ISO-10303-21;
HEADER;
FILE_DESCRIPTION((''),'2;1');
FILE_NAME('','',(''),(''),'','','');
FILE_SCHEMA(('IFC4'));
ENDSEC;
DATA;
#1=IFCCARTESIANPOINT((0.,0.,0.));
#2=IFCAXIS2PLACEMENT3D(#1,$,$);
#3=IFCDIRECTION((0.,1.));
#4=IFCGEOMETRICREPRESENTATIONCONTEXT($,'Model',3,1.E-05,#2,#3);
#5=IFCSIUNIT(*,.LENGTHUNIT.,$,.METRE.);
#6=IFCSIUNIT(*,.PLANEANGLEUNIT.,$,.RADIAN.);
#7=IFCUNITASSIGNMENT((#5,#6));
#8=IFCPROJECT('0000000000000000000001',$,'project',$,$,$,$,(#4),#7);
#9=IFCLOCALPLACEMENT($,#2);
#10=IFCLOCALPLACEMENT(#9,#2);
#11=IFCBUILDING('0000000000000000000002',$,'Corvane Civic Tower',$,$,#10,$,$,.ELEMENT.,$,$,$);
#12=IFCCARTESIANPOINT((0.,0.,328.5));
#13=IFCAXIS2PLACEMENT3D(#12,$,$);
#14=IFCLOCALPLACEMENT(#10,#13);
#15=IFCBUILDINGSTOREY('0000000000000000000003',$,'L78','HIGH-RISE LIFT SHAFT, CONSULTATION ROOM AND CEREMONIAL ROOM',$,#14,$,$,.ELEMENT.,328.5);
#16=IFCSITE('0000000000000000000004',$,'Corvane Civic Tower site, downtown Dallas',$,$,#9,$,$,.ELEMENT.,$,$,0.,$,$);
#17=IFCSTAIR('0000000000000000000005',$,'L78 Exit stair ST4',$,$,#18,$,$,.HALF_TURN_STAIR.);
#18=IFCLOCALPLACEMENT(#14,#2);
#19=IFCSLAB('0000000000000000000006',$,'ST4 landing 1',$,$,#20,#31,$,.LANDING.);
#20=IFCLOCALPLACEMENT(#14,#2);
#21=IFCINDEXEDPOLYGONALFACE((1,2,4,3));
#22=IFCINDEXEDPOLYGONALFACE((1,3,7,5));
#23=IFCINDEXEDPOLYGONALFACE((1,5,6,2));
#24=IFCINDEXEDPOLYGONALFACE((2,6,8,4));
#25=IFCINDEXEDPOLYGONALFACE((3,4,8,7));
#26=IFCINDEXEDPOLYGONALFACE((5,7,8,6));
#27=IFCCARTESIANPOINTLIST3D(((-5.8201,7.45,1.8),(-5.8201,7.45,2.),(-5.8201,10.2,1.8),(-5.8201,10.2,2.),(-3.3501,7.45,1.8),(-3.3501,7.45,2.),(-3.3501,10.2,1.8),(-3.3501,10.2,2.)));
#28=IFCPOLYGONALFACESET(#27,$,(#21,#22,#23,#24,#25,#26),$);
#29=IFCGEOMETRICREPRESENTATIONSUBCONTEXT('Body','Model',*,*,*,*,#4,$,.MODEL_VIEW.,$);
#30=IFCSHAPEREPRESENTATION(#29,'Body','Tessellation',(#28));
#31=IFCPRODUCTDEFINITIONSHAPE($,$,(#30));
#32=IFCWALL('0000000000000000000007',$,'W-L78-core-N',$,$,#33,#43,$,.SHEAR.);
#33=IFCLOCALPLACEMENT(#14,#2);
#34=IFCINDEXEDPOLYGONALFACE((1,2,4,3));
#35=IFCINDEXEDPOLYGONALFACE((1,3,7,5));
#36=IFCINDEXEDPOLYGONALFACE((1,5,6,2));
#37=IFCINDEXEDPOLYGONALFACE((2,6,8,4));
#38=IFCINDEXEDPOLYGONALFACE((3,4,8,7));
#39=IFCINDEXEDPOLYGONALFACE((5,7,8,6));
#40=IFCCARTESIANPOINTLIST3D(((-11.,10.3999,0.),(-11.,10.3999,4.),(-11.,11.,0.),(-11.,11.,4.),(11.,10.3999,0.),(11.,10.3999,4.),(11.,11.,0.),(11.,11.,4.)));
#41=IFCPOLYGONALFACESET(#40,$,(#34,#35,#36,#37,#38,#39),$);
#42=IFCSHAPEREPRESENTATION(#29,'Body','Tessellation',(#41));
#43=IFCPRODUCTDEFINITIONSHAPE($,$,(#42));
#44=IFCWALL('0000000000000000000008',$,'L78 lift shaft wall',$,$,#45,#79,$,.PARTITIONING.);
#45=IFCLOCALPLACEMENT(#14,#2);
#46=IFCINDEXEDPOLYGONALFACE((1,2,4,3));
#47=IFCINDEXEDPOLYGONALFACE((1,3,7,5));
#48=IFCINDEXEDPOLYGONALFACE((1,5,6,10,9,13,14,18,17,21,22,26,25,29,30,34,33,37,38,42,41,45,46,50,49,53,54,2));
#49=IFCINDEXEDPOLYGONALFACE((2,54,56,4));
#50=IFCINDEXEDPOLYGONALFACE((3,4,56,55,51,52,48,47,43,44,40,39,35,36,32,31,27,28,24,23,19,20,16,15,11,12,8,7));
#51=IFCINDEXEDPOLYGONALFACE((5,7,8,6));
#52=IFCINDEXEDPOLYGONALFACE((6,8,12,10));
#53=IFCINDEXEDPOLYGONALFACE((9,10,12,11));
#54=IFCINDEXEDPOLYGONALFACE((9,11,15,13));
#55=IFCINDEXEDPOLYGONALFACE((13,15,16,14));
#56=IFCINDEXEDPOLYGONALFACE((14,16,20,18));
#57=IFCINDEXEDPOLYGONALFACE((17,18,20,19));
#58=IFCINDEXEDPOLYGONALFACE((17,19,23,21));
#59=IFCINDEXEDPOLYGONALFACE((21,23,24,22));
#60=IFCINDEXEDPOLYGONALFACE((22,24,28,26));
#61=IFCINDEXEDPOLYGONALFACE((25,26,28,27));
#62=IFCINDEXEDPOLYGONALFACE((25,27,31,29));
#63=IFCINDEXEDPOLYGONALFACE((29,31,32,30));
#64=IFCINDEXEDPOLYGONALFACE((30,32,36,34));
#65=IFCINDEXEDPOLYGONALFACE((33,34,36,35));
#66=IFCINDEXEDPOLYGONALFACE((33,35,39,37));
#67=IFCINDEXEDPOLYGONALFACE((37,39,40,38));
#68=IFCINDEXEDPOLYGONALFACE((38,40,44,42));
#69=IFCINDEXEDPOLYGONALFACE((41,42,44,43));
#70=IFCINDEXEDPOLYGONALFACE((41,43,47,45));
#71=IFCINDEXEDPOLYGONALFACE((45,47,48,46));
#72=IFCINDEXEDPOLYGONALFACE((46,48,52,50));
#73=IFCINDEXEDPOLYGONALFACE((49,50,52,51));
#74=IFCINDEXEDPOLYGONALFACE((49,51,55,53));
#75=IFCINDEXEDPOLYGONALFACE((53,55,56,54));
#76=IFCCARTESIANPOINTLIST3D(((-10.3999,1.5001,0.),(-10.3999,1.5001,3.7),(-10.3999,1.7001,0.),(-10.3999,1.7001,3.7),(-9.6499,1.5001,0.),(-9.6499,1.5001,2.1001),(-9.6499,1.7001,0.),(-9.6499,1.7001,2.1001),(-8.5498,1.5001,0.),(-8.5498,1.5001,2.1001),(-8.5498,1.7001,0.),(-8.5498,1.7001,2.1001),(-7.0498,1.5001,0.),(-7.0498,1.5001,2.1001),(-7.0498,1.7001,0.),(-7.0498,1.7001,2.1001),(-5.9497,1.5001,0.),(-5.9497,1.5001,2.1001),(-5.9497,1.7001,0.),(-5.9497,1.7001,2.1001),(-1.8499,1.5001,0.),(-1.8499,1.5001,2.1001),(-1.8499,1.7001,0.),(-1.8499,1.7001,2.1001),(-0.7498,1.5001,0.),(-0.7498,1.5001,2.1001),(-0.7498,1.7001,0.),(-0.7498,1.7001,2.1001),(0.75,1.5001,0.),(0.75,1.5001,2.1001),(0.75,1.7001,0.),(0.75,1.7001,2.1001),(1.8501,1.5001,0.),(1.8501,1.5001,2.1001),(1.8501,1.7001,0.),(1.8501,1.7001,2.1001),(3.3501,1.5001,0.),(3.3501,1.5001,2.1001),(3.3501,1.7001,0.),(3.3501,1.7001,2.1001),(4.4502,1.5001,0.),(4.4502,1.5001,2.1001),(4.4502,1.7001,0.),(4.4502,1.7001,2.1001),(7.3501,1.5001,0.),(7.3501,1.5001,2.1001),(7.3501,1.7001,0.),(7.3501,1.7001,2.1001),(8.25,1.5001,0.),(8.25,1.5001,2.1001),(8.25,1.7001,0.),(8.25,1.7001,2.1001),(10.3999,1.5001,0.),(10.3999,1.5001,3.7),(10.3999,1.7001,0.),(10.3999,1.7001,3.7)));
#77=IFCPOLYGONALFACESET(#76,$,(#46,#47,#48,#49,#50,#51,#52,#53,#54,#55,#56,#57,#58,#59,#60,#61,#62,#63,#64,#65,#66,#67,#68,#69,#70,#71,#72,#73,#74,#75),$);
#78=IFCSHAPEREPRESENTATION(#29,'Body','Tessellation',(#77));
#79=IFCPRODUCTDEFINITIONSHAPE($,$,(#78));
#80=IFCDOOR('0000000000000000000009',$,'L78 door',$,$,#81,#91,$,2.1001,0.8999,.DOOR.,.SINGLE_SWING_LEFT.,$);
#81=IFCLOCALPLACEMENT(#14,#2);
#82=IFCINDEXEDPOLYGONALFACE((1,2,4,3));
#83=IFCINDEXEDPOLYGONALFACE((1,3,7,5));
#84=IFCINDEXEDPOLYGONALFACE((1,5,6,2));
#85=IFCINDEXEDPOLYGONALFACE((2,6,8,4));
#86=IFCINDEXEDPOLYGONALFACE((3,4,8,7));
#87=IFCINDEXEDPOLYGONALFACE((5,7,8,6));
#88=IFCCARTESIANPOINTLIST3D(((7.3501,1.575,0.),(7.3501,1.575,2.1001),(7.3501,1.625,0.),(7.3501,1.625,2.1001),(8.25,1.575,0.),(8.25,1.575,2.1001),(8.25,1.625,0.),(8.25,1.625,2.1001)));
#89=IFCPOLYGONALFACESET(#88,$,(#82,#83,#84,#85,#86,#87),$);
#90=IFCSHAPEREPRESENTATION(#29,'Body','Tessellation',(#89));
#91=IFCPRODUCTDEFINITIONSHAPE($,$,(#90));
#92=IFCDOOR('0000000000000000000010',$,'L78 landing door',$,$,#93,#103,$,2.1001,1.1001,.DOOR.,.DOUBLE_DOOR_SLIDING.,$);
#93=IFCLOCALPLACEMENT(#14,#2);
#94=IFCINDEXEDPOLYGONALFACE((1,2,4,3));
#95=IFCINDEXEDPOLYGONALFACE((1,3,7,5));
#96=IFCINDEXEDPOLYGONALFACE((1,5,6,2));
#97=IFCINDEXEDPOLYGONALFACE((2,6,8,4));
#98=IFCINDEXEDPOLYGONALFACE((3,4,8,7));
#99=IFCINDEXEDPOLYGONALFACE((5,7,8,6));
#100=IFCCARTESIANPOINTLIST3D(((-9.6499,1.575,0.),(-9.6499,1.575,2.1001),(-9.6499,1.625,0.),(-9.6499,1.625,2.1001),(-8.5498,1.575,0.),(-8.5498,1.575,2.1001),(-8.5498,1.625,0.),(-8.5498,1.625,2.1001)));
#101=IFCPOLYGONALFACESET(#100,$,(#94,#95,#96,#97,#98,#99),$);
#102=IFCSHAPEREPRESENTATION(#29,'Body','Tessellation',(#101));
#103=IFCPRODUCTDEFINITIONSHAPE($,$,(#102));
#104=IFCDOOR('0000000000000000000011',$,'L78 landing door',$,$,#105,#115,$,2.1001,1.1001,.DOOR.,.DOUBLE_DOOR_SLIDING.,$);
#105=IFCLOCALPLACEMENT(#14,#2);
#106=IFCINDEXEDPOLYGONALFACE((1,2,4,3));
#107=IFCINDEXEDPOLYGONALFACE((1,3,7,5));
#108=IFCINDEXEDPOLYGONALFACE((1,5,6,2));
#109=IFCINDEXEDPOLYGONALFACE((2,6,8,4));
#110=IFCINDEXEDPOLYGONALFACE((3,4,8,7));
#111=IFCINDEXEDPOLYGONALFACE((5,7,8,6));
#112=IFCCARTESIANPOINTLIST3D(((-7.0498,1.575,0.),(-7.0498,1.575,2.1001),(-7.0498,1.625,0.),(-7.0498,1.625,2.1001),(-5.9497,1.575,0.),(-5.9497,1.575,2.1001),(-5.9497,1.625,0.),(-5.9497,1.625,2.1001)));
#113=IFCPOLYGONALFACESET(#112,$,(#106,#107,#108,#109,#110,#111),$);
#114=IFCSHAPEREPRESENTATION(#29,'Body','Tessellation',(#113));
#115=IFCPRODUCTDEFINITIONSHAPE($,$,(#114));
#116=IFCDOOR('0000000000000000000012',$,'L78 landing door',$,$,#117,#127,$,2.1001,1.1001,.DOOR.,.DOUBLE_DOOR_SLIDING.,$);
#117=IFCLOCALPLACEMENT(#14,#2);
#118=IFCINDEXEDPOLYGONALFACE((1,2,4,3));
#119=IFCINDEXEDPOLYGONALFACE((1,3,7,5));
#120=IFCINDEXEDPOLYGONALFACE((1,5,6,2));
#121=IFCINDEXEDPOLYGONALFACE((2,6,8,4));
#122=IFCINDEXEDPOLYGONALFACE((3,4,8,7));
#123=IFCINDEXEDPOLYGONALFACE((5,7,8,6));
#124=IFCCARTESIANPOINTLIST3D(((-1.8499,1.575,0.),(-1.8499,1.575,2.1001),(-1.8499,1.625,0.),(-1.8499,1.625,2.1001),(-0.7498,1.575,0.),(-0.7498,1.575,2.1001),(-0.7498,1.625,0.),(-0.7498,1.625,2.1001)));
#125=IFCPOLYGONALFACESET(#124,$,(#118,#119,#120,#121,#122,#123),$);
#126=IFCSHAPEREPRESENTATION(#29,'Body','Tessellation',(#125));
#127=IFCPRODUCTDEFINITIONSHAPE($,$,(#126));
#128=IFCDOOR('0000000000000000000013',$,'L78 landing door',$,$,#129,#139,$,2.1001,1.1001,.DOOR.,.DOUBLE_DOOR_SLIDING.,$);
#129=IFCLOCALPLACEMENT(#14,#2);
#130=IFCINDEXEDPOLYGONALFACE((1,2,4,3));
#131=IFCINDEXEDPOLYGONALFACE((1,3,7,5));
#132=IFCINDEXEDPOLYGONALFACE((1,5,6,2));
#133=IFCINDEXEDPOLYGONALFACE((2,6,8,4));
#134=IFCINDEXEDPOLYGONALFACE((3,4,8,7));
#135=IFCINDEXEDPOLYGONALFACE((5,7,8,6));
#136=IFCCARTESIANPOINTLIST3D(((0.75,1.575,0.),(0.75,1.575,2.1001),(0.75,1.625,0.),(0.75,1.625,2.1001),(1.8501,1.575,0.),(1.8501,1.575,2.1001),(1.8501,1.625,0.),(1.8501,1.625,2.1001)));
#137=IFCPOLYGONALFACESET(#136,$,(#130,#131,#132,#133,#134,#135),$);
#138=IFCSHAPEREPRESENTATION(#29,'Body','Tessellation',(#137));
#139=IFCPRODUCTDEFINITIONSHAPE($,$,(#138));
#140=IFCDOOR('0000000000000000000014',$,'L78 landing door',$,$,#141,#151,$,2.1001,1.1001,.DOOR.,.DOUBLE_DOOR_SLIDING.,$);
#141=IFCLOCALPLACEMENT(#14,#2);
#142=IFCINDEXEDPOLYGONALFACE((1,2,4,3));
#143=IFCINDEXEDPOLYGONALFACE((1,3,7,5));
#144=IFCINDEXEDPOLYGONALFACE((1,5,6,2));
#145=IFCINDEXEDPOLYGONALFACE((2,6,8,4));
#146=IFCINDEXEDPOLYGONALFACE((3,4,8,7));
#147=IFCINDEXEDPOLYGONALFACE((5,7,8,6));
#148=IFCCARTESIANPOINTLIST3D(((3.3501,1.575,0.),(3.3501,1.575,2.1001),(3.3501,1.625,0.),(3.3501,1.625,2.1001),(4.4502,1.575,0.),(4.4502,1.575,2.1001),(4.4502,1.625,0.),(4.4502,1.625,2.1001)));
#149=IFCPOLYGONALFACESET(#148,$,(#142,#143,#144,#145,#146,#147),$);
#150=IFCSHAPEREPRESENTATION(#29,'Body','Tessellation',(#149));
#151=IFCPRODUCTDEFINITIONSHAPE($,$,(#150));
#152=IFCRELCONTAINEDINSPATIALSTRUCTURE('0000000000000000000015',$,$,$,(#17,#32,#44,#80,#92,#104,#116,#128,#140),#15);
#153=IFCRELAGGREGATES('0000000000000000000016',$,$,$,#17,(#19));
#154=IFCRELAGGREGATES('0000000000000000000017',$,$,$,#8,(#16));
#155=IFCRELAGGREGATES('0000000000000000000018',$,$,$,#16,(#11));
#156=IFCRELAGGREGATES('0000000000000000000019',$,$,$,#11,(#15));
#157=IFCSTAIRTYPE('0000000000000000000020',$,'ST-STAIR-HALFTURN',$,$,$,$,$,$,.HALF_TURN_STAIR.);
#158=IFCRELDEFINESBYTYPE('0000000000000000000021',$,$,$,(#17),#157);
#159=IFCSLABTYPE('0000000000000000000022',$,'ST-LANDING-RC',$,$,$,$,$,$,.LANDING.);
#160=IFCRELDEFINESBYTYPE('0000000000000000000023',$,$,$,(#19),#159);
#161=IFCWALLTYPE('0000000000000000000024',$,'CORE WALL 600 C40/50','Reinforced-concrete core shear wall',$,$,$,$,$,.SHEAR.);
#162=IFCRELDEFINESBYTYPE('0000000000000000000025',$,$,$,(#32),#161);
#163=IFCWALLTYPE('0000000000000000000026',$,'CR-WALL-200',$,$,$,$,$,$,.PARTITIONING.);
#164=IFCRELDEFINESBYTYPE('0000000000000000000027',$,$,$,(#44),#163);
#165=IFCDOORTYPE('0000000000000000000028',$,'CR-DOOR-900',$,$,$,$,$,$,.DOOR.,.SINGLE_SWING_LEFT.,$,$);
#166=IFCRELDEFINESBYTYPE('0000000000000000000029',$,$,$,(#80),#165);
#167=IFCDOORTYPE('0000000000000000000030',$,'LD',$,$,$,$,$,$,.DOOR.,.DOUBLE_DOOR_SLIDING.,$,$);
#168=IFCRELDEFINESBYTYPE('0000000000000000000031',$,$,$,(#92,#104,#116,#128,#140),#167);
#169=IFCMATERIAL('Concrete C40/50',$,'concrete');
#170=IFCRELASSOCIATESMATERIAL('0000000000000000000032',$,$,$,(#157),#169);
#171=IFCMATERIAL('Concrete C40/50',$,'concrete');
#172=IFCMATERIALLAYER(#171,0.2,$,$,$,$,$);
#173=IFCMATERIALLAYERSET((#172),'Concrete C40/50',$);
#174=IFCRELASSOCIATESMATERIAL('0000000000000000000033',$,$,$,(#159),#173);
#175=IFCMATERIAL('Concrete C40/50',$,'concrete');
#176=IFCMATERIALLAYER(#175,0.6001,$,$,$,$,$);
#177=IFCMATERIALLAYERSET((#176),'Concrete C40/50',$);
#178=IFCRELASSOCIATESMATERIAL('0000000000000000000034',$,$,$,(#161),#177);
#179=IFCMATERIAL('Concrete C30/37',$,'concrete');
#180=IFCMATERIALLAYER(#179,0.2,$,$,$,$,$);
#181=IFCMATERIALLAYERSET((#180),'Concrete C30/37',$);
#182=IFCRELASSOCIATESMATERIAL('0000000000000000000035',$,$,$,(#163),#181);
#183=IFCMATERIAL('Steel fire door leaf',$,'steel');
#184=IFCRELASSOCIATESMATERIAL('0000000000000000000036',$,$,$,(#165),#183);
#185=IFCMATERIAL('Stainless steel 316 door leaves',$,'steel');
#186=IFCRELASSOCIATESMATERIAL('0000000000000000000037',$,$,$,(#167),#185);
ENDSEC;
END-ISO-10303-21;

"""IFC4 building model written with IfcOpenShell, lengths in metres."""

from ifc_helpers import new_model, si_unit, direction, frame, frame_2d, origin, place, context, subcontext, project, spatial, polyline, rectangle, outline, extrude, material, layer, layer_set, type_object, element, fill, aggregate, save


model = new_model("IFC4")

# Units and contexts
model_context = context("Model", 3, precision=1e-05, world=origin(), true_north=direction((0.0, 1.0)))
body_context = subcontext(model_context, "Body", "Model", "MODEL_VIEW")
ifc_project = project(units=[si_unit("LENGTHUNIT", "METRE"), si_unit("PLANEANGLEUNIT", "RADIAN")], contexts=[model_context])

# Site, building, storey
site_placement = place(None, origin())
site = spatial("IfcSite", under=ifc_project, at=site_placement, Name="Corvane Civic Tower site, downtown Dallas", CompositionType="ELEMENT", RefElevation=0.0)
building_placement = place(site_placement, origin())
building = spatial("IfcBuilding", under=site, at=building_placement, Name="Corvane Civic Tower", CompositionType="ELEMENT")
storey_placement = place(building_placement, frame((0.0, 0.0, 328.5)))
storey = spatial("IfcBuildingStorey", under=building, at=storey_placement, Name="L78", Description="HIGH-RISE LIFT SHAFT, CONSULTATION ROOM AND CEREMONIAL ROOM", CompositionType="ELEMENT", Elevation=328.5)

# Stair, slab
ifc_material_1 = material(Name="Concrete C40/50", Category="concrete")
stair_type = type_object("IfcStairType", Name="ST-STAIR-HALFTURN", PredefinedType="HALF_TURN_STAIR", material=ifc_material_1)
ifc_material_2 = material(Name="Concrete C40/50", Category="concrete")
ifc_layer_1 = layer(ifc_material_2, 0.2)
ifc_layer_set_1 = layer_set([ifc_layer_1], Name="Concrete C40/50")
slab_type_1 = type_object("IfcSlabType", Name="ST-LANDING-RC", PredefinedType="LANDING", material=ifc_layer_set_1)
stair_1_placement = place(storey_placement, origin())
stair_1 = element("IfcStair", 1, at=stair_1_placement, inside=storey, type_object=stair_type, Name="L78 Exit stair ST4", PredefinedType="HALF_TURN_STAIR")
slab_1_placement = place(storey_placement, frame((0.0, 0.0, 1.8)))
slab_1 = element("IfcSlab", 2, at=slab_1_placement, type_object=slab_type_1, Name="ST4 landing 1", PredefinedType="LANDING", context=body_context, shape_type="SweptSolid", body=[
    extrude(outline(polyline([(-5.8201, 7.45), (-3.3501, 7.45), (-3.3501, 10.2), (-5.8201, 10.2), (-5.8201, 7.45)])), origin(), (0.0, 0.0, 1.0), 0.2),
])

# Wall
ifc_material_3 = material(Name="Concrete C40/50", Category="concrete")
ifc_layer_2 = layer(ifc_material_3, 0.6001)
ifc_layer_set_2 = layer_set([ifc_layer_2], Name="Concrete C40/50")
wall_type_1 = type_object("IfcWallType", Name="CORE WALL 600 C40/50", Description="Reinforced-concrete core shear wall", PredefinedType="SHEAR", material=ifc_layer_set_2)
wall_1_placement = place(storey_placement, frame((-11.0, 10.7, 0.0), z_axis=(0.0, 0.0, 1.0), x_axis=(1.0, 0.0, 0.0)))
element("IfcWall", 3, at=wall_1_placement, inside=storey, type_object=wall_type_1, Name="W-L78-core-N", PredefinedType="SHEAR", context=body_context, shape_type="SweptSolid", body=[
    extrude(rectangle(XDim=22.0, YDim=0.6001, at=frame_2d((11.0, 0.0))), origin(), (0.0, 0.0, 1.0), 4.0),
])

# Wall, openings, doors
ifc_material_4 = material(Name="Concrete C30/37", Category="concrete")
ifc_layer_3 = layer(ifc_material_4, 0.2)
ifc_layer_set_3 = layer_set([ifc_layer_3], Name="Concrete C30/37")
wall_type_2 = type_object("IfcWallType", Name="CR-WALL-200", PredefinedType="PARTITIONING", material=ifc_layer_set_3)
wall_2_placement = place(storey_placement, frame((-10.3999, 1.6001, 0.0), z_axis=(0.0, 0.0, 1.0), x_axis=(1.0, 0.0, 0.0)))
wall_2 = element("IfcWall", 4, at=wall_2_placement, inside=storey, type_object=wall_type_2, Name="L78 lift shaft wall", PredefinedType="PARTITIONING", context=body_context, shape_type="SweptSolid", body=[
    extrude(rectangle(XDim=20.7998, YDim=0.2, at=frame_2d((10.3999, 0.0))), origin(), (0.0, 0.0, 1.0), 3.7),
])
opening_1_placement = place(wall_2_placement, frame((0.75, 0.0, 0.0)))
opening_1 = element("IfcOpeningElement", 5, at=opening_1_placement, cuts=wall_2, PredefinedType="OPENING", context=body_context, shape_type="SweptSolid", body=[
    extrude(rectangle(XDim=1.1001, YDim=2.1001, at=frame_2d((0.55, 1.05))), frame((0.0, 0.1099, 0.0), z_axis=(0.0, -1.0, 0.0), x_axis=(1.0, 0.0, 0.0)), (0.0, 0.0, 1.0), 0.22),
])
opening_2_placement = place(wall_2_placement, frame((3.3501, 0.0, 0.0)))
opening_2 = element("IfcOpeningElement", 6, at=opening_2_placement, cuts=wall_2, PredefinedType="OPENING", context=body_context, shape_type="SweptSolid", body=[
    extrude(rectangle(XDim=1.1001, YDim=2.1001, at=frame_2d((0.55, 1.05))), frame((0.0, 0.1099, 0.0), z_axis=(0.0, -1.0, 0.0), x_axis=(1.0, 0.0, 0.0)), (0.0, 0.0, 1.0), 0.22),
])
opening_3_placement = place(wall_2_placement, frame((8.55, 0.0, 0.0)))
opening_3 = element("IfcOpeningElement", 7, at=opening_3_placement, cuts=wall_2, PredefinedType="OPENING", context=body_context, shape_type="SweptSolid", body=[
    extrude(rectangle(XDim=1.1001, YDim=2.1001, at=frame_2d((0.55, 1.05))), frame((0.0, 0.1099, 0.0), z_axis=(0.0, -1.0, 0.0), x_axis=(1.0, 0.0, 0.0)), (0.0, 0.0, 1.0), 0.22),
])
opening_4_placement = place(wall_2_placement, frame((11.1499, 0.0, 0.0)))
opening_4 = element("IfcOpeningElement", 8, at=opening_4_placement, cuts=wall_2, PredefinedType="OPENING", context=body_context, shape_type="SweptSolid", body=[
    extrude(rectangle(XDim=1.1001, YDim=2.1001, at=frame_2d((0.55, 1.05))), frame((0.0, 0.1099, 0.0), z_axis=(0.0, -1.0, 0.0), x_axis=(1.0, 0.0, 0.0)), (0.0, 0.0, 1.0), 0.22),
])
opening_5_placement = place(wall_2_placement, frame((13.75, 0.0, 0.0)))
opening_5 = element("IfcOpeningElement", 9, at=opening_5_placement, cuts=wall_2, PredefinedType="OPENING", context=body_context, shape_type="SweptSolid", body=[
    extrude(rectangle(XDim=1.1001, YDim=2.1001, at=frame_2d((0.55, 1.05))), frame((0.0, 0.1099, 0.0), z_axis=(0.0, -1.0, 0.0), x_axis=(1.0, 0.0, 0.0)), (0.0, 0.0, 1.0), 0.22),
])
opening_6_placement = place(wall_2_placement, frame((17.75, 0.0, 0.0)))
opening_6 = element("IfcOpeningElement", 10, at=opening_6_placement, cuts=wall_2, PredefinedType="OPENING", context=body_context, shape_type="SweptSolid", body=[
    extrude(rectangle(XDim=0.8999, YDim=2.1001, at=frame_2d((0.45, 1.05))), frame((0.0, 0.1099, 0.0), z_axis=(0.0, -1.0, 0.0), x_axis=(1.0, 0.0, 0.0)), (0.0, 0.0, 1.0), 0.22),
])
ifc_material_5 = material(Name="Steel fire door leaf", Category="steel")
door_type_1 = type_object("IfcDoorType", Name="CR-DOOR-900", OperationType="SINGLE_SWING_LEFT", PredefinedType="DOOR", material=ifc_material_5)
door_1_placement = place(opening_6_placement, origin())
door_1 = element("IfcDoor", 11, at=door_1_placement, inside=storey, type_object=door_type_1, Name="L78 door", OperationType="SINGLE_SWING_LEFT", OverallHeight=2.1001, OverallWidth=0.8999, PredefinedType="DOOR", context=body_context, shape_type="SweptSolid", body=[
    extrude(rectangle(XDim=0.8999, YDim=2.1001, at=frame_2d((0.45, 1.05))), frame((0.0, 0.0249, 0.0), z_axis=(0.0, -1.0, 0.0), x_axis=(1.0, 0.0, 0.0)), (0.0, 0.0, 1.0), 0.05),
])
fill(opening_6, door_1)
ifc_material_6 = material(Name="Stainless steel 316 door leaves", Category="steel")
door_type_2 = type_object("IfcDoorType", Name="LD", OperationType="DOUBLE_DOOR_SLIDING", PredefinedType="DOOR", material=ifc_material_6)
door_2_placement = place(opening_1_placement, origin())
door_2 = element("IfcDoor", 12, at=door_2_placement, inside=storey, type_object=door_type_2, Name="L78 landing door", OperationType="DOUBLE_DOOR_SLIDING", OverallHeight=2.1001, OverallWidth=1.1001, PredefinedType="DOOR", context=body_context, shape_type="SweptSolid", body=[
    extrude(rectangle(XDim=1.1001, YDim=2.1001, at=frame_2d((0.55, 1.05))), frame((0.0, 0.0249, 0.0), z_axis=(0.0, -1.0, 0.0), x_axis=(1.0, 0.0, 0.0)), (0.0, 0.0, 1.0), 0.05),
])
fill(opening_1, door_2)
door_3_placement = place(opening_2_placement, origin())
door_3 = element("IfcDoor", 13, at=door_3_placement, inside=storey, type_object=door_type_2, Name="L78 landing door", OperationType="DOUBLE_DOOR_SLIDING", OverallHeight=2.1001, OverallWidth=1.1001, PredefinedType="DOOR", context=body_context, shape_type="SweptSolid", body=[
    extrude(rectangle(XDim=1.1001, YDim=2.1001, at=frame_2d((0.55, 1.05))), frame((0.0, 0.0249, 0.0), z_axis=(0.0, -1.0, 0.0), x_axis=(1.0, 0.0, 0.0)), (0.0, 0.0, 1.0), 0.05),
])
fill(opening_2, door_3)
door_4_placement = place(opening_3_placement, origin())
door_4 = element("IfcDoor", 14, at=door_4_placement, inside=storey, type_object=door_type_2, Name="L78 landing door", OperationType="DOUBLE_DOOR_SLIDING", OverallHeight=2.1001, OverallWidth=1.1001, PredefinedType="DOOR", context=body_context, shape_type="SweptSolid", body=[
    extrude(rectangle(XDim=1.1001, YDim=2.1001, at=frame_2d((0.55, 1.05))), frame((0.0, 0.0249, 0.0), z_axis=(0.0, -1.0, 0.0), x_axis=(1.0, 0.0, 0.0)), (0.0, 0.0, 1.0), 0.05),
])
fill(opening_3, door_4)
door_5_placement = place(opening_4_placement, origin())
door_5 = element("IfcDoor", 15, at=door_5_placement, inside=storey, type_object=door_type_2, Name="L78 landing door", OperationType="DOUBLE_DOOR_SLIDING", OverallHeight=2.1001, OverallWidth=1.1001, PredefinedType="DOOR", context=body_context, shape_type="SweptSolid", body=[
    extrude(rectangle(XDim=1.1001, YDim=2.1001, at=frame_2d((0.55, 1.05))), frame((0.0, 0.0249, 0.0), z_axis=(0.0, -1.0, 0.0), x_axis=(1.0, 0.0, 0.0)), (0.0, 0.0, 1.0), 0.05),
])
fill(opening_4, door_5)
door_6_placement = place(opening_5_placement, origin())
door_6 = element("IfcDoor", 16, at=door_6_placement, inside=storey, type_object=door_type_2, Name="L78 landing door", OperationType="DOUBLE_DOOR_SLIDING", OverallHeight=2.1001, OverallWidth=1.1001, PredefinedType="DOOR", context=body_context, shape_type="SweptSolid", body=[
    extrude(rectangle(XDim=1.1001, YDim=2.1001, at=frame_2d((0.55, 1.05))), frame((0.0, 0.0249, 0.0), z_axis=(0.0, -1.0, 0.0), x_axis=(1.0, 0.0, 0.0)), (0.0, 0.0, 1.0), 0.05),
])
fill(opening_5, door_6)

aggregate(stair_1, [slab_1])

save(model, "model.ifc")
